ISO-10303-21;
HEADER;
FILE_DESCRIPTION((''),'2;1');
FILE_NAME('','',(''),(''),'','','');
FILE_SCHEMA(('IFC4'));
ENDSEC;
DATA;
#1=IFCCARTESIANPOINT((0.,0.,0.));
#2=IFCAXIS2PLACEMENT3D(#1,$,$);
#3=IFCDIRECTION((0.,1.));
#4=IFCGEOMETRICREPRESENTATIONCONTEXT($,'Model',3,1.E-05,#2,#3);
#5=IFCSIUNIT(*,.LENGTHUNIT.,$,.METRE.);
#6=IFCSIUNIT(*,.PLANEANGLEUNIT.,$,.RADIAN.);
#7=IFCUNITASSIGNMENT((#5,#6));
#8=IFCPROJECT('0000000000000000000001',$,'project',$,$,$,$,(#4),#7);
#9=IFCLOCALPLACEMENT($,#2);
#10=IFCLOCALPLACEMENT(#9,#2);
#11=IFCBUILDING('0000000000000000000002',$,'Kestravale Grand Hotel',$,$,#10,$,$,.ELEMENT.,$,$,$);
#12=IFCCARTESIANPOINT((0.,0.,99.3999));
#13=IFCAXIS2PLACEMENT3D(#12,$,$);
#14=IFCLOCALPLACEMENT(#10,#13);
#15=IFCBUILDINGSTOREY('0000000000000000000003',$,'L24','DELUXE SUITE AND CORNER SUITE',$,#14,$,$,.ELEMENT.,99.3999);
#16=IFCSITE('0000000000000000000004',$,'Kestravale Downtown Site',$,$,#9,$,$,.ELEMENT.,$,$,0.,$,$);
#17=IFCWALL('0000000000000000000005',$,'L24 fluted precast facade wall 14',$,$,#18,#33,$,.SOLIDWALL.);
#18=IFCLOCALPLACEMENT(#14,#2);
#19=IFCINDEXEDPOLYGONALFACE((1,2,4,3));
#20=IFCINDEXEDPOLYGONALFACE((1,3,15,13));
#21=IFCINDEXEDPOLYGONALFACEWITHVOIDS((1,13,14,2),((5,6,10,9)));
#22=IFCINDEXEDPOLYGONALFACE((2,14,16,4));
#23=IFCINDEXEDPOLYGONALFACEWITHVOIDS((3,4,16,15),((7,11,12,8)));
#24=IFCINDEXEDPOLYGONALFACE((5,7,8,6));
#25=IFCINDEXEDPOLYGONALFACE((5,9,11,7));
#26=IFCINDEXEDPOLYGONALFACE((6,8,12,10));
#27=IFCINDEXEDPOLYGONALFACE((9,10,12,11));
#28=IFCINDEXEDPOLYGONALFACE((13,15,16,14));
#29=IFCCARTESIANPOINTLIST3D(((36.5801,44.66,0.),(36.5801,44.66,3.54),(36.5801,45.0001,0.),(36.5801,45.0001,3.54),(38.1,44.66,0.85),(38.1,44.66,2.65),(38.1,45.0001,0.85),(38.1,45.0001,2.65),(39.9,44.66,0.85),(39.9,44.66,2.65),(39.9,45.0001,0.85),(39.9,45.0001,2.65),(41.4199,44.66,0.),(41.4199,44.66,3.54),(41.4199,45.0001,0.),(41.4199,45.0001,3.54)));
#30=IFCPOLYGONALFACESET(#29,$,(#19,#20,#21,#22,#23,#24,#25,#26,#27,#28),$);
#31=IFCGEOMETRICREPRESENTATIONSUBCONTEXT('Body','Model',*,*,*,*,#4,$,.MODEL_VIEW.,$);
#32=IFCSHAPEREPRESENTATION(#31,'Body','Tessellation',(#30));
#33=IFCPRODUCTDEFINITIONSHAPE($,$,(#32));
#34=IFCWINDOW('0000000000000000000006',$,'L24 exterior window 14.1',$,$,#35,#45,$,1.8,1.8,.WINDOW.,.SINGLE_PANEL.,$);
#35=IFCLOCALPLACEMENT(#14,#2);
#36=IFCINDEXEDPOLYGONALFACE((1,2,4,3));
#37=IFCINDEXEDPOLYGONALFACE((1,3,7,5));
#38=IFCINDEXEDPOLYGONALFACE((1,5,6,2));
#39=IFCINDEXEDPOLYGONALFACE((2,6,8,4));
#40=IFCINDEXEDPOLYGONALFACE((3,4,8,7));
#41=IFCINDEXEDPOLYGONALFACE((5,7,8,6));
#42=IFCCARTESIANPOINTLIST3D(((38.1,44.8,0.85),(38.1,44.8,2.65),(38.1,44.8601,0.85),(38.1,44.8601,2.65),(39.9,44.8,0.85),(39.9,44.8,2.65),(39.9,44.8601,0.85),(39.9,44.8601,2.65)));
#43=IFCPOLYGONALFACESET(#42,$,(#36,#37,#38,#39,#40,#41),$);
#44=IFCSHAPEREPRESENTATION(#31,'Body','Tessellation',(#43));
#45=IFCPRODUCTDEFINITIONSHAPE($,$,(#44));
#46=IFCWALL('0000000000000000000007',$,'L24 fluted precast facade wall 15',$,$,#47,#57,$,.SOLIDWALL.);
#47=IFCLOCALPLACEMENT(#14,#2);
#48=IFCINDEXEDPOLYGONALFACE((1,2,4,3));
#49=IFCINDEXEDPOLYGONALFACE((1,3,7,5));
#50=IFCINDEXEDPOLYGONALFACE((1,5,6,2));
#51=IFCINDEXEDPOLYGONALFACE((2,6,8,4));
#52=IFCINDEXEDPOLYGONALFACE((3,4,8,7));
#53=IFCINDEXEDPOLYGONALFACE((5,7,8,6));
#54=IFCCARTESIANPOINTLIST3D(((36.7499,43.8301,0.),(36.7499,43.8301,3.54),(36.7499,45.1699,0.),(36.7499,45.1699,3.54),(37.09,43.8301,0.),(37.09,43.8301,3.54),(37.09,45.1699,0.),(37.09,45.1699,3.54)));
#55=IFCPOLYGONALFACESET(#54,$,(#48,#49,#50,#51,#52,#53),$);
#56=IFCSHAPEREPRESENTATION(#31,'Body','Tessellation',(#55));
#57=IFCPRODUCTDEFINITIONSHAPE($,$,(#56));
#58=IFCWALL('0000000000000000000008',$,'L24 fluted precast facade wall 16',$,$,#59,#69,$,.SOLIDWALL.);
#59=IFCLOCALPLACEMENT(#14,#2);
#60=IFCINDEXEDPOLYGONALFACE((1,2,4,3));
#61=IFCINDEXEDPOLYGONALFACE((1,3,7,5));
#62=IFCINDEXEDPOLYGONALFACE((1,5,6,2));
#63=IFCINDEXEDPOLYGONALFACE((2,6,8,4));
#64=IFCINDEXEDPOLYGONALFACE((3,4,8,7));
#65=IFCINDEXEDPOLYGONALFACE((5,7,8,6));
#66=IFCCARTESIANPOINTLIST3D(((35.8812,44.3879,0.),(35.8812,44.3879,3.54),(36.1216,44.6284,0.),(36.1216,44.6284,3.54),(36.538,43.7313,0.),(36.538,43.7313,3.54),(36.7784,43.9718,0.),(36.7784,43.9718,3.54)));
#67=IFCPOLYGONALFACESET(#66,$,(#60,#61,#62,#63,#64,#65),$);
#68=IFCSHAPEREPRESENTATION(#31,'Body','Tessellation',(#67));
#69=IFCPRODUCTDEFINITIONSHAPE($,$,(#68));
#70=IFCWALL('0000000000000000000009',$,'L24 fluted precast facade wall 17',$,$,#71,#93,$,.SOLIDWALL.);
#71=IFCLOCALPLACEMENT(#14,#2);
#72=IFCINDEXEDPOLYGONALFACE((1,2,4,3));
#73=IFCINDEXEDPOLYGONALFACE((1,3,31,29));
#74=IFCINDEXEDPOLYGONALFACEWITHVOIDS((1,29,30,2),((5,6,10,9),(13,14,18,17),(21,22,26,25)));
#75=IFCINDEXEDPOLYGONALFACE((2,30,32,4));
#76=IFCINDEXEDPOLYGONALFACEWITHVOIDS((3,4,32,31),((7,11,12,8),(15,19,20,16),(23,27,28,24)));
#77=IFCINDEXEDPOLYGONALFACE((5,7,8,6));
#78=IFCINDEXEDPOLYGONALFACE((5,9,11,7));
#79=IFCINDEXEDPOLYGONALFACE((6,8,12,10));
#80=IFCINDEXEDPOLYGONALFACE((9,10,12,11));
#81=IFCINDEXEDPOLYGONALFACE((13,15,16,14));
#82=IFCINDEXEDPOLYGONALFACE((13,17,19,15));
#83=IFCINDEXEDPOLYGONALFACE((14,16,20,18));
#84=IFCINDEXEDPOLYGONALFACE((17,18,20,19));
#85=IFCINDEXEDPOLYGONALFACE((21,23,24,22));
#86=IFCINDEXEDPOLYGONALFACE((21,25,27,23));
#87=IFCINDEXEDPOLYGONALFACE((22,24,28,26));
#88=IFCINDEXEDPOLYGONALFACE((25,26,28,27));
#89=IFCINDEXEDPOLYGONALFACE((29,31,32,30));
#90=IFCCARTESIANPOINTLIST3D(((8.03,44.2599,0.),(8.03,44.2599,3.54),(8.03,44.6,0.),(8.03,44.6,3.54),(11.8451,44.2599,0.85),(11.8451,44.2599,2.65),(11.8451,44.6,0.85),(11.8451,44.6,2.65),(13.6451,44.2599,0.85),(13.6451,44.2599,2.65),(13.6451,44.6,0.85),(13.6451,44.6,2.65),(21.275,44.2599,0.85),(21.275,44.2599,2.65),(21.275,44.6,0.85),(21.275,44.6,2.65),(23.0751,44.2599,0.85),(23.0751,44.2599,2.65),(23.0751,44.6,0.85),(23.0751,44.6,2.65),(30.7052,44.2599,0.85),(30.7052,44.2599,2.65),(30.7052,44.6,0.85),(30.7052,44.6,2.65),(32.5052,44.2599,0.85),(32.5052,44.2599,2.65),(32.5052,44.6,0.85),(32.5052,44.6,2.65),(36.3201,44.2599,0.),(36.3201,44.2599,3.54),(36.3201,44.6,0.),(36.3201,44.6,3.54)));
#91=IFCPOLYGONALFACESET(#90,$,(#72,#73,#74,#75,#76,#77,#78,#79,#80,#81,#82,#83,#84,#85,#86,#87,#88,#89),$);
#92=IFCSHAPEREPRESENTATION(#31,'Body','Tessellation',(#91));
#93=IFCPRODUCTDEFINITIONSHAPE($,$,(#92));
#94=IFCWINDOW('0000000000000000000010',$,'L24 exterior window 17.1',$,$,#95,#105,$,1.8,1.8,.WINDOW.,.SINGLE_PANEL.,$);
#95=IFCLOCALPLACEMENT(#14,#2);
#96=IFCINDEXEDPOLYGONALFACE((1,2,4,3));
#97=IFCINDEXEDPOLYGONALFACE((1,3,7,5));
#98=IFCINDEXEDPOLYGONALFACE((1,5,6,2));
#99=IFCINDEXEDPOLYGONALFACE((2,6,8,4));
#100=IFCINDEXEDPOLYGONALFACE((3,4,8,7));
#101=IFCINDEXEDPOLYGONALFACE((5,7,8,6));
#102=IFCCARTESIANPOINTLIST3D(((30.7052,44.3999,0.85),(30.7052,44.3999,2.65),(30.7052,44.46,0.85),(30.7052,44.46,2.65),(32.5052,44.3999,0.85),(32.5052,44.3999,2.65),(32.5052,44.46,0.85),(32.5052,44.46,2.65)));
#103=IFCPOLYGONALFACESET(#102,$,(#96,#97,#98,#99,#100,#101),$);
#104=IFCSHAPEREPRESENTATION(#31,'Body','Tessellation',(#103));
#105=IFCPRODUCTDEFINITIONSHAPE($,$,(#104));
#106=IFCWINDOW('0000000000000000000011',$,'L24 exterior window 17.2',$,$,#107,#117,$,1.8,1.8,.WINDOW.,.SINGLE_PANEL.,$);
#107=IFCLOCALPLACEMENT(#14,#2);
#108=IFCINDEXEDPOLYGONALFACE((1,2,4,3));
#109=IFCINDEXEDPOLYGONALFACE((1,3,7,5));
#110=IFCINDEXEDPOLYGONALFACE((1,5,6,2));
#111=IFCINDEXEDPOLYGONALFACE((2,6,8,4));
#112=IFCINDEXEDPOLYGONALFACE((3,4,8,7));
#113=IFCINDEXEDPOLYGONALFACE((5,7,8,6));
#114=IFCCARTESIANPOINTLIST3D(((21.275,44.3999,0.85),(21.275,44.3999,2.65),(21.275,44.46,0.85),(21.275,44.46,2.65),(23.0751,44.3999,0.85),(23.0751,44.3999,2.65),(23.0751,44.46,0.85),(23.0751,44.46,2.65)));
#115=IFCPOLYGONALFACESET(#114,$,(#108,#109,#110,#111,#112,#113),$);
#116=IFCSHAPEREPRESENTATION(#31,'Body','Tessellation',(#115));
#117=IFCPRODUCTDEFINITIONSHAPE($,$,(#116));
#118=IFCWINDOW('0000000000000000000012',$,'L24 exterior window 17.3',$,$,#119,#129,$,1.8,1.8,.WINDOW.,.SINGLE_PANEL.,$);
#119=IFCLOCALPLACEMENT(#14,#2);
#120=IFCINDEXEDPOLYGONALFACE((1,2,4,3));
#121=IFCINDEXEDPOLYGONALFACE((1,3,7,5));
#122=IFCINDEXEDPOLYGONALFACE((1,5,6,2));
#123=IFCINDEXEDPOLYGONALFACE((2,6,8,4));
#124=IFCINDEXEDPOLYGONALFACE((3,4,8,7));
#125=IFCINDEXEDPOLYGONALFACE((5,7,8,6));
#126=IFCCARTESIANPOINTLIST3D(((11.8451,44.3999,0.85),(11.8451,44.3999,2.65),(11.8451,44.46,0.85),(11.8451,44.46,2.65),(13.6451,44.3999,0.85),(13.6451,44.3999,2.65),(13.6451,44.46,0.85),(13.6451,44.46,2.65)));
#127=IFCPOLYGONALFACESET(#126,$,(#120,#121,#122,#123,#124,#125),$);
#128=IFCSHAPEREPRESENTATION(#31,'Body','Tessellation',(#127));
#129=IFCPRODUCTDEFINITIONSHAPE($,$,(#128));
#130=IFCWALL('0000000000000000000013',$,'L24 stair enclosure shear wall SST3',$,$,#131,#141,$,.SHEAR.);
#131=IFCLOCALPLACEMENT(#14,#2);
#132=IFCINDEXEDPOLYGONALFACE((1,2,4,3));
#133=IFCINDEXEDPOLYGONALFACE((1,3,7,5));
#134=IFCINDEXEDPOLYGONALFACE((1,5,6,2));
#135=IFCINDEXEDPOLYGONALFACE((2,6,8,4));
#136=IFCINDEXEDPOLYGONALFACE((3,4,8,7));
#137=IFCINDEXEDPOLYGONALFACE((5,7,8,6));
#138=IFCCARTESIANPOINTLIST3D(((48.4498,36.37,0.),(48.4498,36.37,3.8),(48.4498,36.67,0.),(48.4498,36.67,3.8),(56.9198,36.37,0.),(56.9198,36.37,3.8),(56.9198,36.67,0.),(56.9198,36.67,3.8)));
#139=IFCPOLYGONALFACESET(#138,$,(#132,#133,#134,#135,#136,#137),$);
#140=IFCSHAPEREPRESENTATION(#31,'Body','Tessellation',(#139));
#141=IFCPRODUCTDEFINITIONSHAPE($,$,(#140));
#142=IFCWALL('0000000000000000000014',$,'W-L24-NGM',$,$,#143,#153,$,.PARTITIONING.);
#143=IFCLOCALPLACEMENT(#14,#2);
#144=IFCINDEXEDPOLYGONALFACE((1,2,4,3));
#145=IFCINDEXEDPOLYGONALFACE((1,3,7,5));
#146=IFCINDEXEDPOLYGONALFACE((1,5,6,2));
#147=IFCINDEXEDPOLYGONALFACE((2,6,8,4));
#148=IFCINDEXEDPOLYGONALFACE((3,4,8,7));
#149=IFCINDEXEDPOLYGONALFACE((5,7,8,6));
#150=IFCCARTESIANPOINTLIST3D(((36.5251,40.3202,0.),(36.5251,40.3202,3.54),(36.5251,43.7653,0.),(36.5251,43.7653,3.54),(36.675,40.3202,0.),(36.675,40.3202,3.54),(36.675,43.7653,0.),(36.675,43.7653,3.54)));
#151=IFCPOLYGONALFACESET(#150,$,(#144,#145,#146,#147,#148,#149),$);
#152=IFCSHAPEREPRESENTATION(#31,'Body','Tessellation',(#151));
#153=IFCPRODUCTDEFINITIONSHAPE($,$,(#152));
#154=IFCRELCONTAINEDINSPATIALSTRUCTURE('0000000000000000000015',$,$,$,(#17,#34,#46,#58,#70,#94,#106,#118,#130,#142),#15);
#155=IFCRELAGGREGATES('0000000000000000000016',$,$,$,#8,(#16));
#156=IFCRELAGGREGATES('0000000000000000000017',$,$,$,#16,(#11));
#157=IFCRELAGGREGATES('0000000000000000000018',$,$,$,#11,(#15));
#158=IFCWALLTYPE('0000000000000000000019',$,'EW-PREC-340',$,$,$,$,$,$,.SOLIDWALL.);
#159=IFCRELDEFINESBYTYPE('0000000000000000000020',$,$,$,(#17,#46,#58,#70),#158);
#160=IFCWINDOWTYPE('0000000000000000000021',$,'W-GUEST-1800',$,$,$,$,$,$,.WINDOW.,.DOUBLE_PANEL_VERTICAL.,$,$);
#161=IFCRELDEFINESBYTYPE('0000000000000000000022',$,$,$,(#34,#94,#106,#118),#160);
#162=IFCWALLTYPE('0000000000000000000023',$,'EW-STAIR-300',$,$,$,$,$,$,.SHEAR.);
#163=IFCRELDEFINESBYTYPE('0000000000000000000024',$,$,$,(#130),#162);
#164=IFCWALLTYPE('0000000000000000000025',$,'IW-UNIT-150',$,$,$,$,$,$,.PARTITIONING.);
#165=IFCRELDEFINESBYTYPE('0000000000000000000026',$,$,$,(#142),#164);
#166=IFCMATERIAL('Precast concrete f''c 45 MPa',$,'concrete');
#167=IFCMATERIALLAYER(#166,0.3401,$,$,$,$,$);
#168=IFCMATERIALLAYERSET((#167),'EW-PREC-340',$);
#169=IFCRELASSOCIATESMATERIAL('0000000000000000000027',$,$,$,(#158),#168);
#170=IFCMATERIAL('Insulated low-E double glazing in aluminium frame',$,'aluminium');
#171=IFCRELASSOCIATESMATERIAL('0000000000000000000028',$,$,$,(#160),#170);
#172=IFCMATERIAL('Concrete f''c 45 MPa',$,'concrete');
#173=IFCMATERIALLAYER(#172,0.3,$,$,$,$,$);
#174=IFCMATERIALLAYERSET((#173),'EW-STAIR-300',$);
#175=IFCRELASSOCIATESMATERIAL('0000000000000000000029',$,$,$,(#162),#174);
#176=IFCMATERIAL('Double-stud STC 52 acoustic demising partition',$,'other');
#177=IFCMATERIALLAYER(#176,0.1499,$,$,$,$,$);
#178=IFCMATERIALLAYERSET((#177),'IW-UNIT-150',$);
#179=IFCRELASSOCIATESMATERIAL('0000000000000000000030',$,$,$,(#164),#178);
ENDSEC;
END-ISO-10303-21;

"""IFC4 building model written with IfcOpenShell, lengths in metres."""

from ifc_helpers import new_model, si_unit, direction, frame, frame_2d, origin, place, context, subcontext, project, spatial, rectangle, extrude, material, layer, layer_set, type_object, element, fill, save


model = new_model("IFC4")

# Units and contexts
model_context = context("Model", 3, precision=1e-05, world=origin(), true_north=direction((0.0, 1.0)))
body_context = subcontext(model_context, "Body", "Model", "MODEL_VIEW")
ifc_project = project(units=[si_unit("LENGTHUNIT", "METRE"), si_unit("PLANEANGLEUNIT", "RADIAN")], contexts=[model_context])

# Site, building, storey
site_placement = place(None, origin())
site = spatial("IfcSite", under=ifc_project, at=site_placement, Name="Kestravale Downtown Site", CompositionType="ELEMENT", RefElevation=0.0)
building_placement = place(site_placement, origin())
building = spatial("IfcBuilding", under=site, at=building_placement, Name="Kestravale Grand Hotel", CompositionType="ELEMENT")
storey_placement = place(building_placement, frame((0.0, 0.0, 99.3999)))
storey = spatial("IfcBuildingStorey", under=building, at=storey_placement, Name="L24", Description="DELUXE SUITE AND CORNER SUITE", CompositionType="ELEMENT", Elevation=99.3999)

# Shared definitions
ifc_material_1 = material(Name="Precast concrete f'c 45 MPa", Category="concrete")
ifc_layer_1 = layer(ifc_material_1, 0.3401)
ifc_layer_set_1 = layer_set([ifc_layer_1], Name="EW-PREC-340")
wall_type_1 = type_object("IfcWallType", Name="EW-PREC-340", PredefinedType="SOLIDWALL", material=ifc_layer_set_1)

# Wall, opening, window
ifc_material_2 = material(Name="Insulated low-E double glazing in aluminium frame", Category="aluminium")
window_type = type_object("IfcWindowType", Name="W-GUEST-1800", PartitioningType="DOUBLE_PANEL_VERTICAL", PredefinedType="WINDOW", material=ifc_material_2)
wall_1_placement = place(storey_placement, frame((41.4199, 44.8301, 0.0), z_axis=(0.0, 0.0, 1.0), x_axis=(-1.0, 0.0, 0.0)))
wall_1 = element("IfcWall", 1, at=wall_1_placement, inside=storey, type_object=wall_type_1, Name="L24 fluted precast facade wall 14", PredefinedType="SOLIDWALL", context=body_context, shape_type="SweptSolid", body=[
    extrude(rectangle(XDim=4.8398, YDim=0.3401, at=frame_2d((2.4199, 0.0))), origin(), (0.0, 0.0, 1.0), 3.54),
])
opening_1_placement = place(wall_1_placement, frame((1.52, 0.0, 0.8501)))
opening_1 = element("IfcOpeningElement", 2, at=opening_1_placement, cuts=wall_1, PredefinedType="OPENING", context=body_context, shape_type="SweptSolid", body=[
    extrude(rectangle(XDim=1.8, YDim=1.8, at=frame_2d((0.8999, 0.8999))), frame((0.0, 0.1799, 0.0), z_axis=(0.0, -1.0, 0.0), x_axis=(1.0, 0.0, 0.0)), (0.0, 0.0, 1.0), 0.3601),
])
window_1_placement = place(opening_1_placement, origin())
window_1 = element("IfcWindow", 3, at=window_1_placement, inside=storey, type_object=window_type, Name="L24 exterior window 14.1", OverallHeight=1.8, OverallWidth=1.8, PartitioningType="SINGLE_PANEL", PredefinedType="WINDOW", context=body_context, shape_type="SweptSolid", body=[
    extrude(rectangle(XDim=1.8, YDim=1.8, at=frame_2d((0.8999, 0.8999))), frame((0.0, 0.03, 0.0), z_axis=(0.0, -1.0, 0.0), x_axis=(1.0, 0.0, 0.0)), (0.0, 0.0, 1.0), 0.0601),
])
fill(opening_1, window_1)

# Walls
wall_2_placement = place(storey_placement, frame((36.9199, 45.1699, 0.0), z_axis=(0.0, 0.0, 1.0), x_axis=(0.0, -1.0, 0.0)))
element("IfcWall", 4, at=wall_2_placement, inside=storey, type_object=wall_type_1, Name="L24 fluted precast facade wall 15", PredefinedType="SOLIDWALL", context=body_context, shape_type="SweptSolid", body=[
    extrude(rectangle(XDim=1.3398, YDim=0.3401, at=frame_2d((0.6699, 0.0))), origin(), (0.0, 0.0, 1.0), 3.54),
])
wall_3_placement = place(storey_placement, frame((36.6582, 43.8516, 0.0), z_axis=(0.0, 0.0, 1.0), x_axis=(-0.707238, 0.706975, 0.0)))
element("IfcWall", 5, at=wall_3_placement, inside=storey, type_object=wall_type_1, Name="L24 fluted precast facade wall 16", PredefinedType="SOLIDWALL", context=body_context, shape_type="SweptSolid", body=[
    extrude(rectangle(XDim=0.9287, YDim=0.3401, at=frame_2d((0.4644, 0.0))), origin(), (0.0, 0.0, 1.0), 3.54),
])

# Wall, openings, windows
wall_4_placement = place(storey_placement, frame((36.3201, 44.4299, 0.0), z_axis=(0.0, 0.0, 1.0), x_axis=(-1.0, 0.0, 0.0)))
wall_4 = element("IfcWall", 6, at=wall_4_placement, inside=storey, type_object=wall_type_1, Name="L24 fluted precast facade wall 17", PredefinedType="SOLIDWALL", context=body_context, shape_type="SweptSolid", body=[
    extrude(rectangle(XDim=28.29, YDim=0.3401, at=frame_2d((14.145, 0.0))), origin(), (0.0, 0.0, 1.0), 3.54),
])
opening_2_placement = place(wall_4_placement, frame((3.8149, 0.0, 0.8501)))
opening_2 = element("IfcOpeningElement", 7, at=opening_2_placement, cuts=wall_4, PredefinedType="OPENING", context=body_context, shape_type="SweptSolid", body=[
    extrude(rectangle(XDim=1.8, YDim=1.8, at=frame_2d((0.8999, 0.8999))), frame((0.0, 0.1799, 0.0), z_axis=(0.0, -1.0, 0.0), x_axis=(1.0, 0.0, 0.0)), (0.0, 0.0, 1.0), 0.3601),
])
opening_3_placement = place(wall_4_placement, frame((13.2451, 0.0, 0.8501)))
opening_3 = element("IfcOpeningElement", 8, at=opening_3_placement, cuts=wall_4, PredefinedType="OPENING", context=body_context, shape_type="SweptSolid", body=[
    extrude(rectangle(XDim=1.8, YDim=1.8, at=frame_2d((0.8999, 0.8999))), frame((0.0, 0.1799, 0.0), z_axis=(0.0, -1.0, 0.0), x_axis=(1.0, 0.0, 0.0)), (0.0, 0.0, 1.0), 0.3601),
])
opening_4_placement = place(wall_4_placement, frame((22.675, 0.0, 0.8501)))
opening_4 = element("IfcOpeningElement", 9, at=opening_4_placement, cuts=wall_4, PredefinedType="OPENING", context=body_context, shape_type="SweptSolid", body=[
    extrude(rectangle(XDim=1.8, YDim=1.8, at=frame_2d((0.8999, 0.8999))), frame((0.0, 0.1799, 0.0), z_axis=(0.0, -1.0, 0.0), x_axis=(1.0, 0.0, 0.0)), (0.0, 0.0, 1.0), 0.3601),
])
window_2_placement = place(opening_2_placement, origin())
window_2 = element("IfcWindow", 10, at=window_2_placement, inside=storey, type_object=window_type, Name="L24 exterior window 17.1", OverallHeight=1.8, OverallWidth=1.8, PartitioningType="SINGLE_PANEL", PredefinedType="WINDOW", context=body_context, shape_type="SweptSolid", body=[
    extrude(rectangle(XDim=1.8, YDim=1.8, at=frame_2d((0.8999, 0.8999))), frame((0.0, 0.03, 0.0), z_axis=(0.0, -1.0, 0.0), x_axis=(1.0, 0.0, 0.0)), (0.0, 0.0, 1.0), 0.0601),
])
fill(opening_2, window_2)
window_3_placement = place(opening_3_placement, origin())
window_3 = element("IfcWindow", 11, at=window_3_placement, inside=storey, type_object=window_type, Name="L24 exterior window 17.2", OverallHeight=1.8, OverallWidth=1.8, PartitioningType="SINGLE_PANEL", PredefinedType="WINDOW", context=body_context, shape_type="SweptSolid", body=[
    extrude(rectangle(XDim=1.8, YDim=1.8, at=frame_2d((0.8999, 0.8999))), frame((0.0, 0.03, 0.0), z_axis=(0.0, -1.0, 0.0), x_axis=(1.0, 0.0, 0.0)), (0.0, 0.0, 1.0), 0.0601),
])
fill(opening_3, window_3)
window_4_placement = place(opening_4_placement, origin())
window_4 = element("IfcWindow", 12, at=window_4_placement, inside=storey, type_object=window_type, Name="L24 exterior window 17.3", OverallHeight=1.8, OverallWidth=1.8, PartitioningType="SINGLE_PANEL", PredefinedType="WINDOW", context=body_context, shape_type="SweptSolid", body=[
    extrude(rectangle(XDim=1.8, YDim=1.8, at=frame_2d((0.8999, 0.8999))), frame((0.0, 0.03, 0.0), z_axis=(0.0, -1.0, 0.0), x_axis=(1.0, 0.0, 0.0)), (0.0, 0.0, 1.0), 0.0601),
])
fill(opening_4, window_4)

# Walls
ifc_material_3 = material(Name="Concrete f'c 45 MPa", Category="concrete")
ifc_layer_2 = layer(ifc_material_3, 0.3)
ifc_layer_set_2 = layer_set([ifc_layer_2], Name="EW-STAIR-300")
wall_type_2 = type_object("IfcWallType", Name="EW-STAIR-300", PredefinedType="SHEAR", material=ifc_layer_set_2)
wall_5_placement = place(storey_placement, frame((48.45, 36.52, 0.0), z_axis=(0.0, 0.0, 1.0), x_axis=(1.0, 0.0, 0.0)))
element("IfcWall", 13, at=wall_5_placement, inside=storey, type_object=wall_type_2, Name="L24 stair enclosure shear wall SST3", PredefinedType="SHEAR", context=body_context, shape_type="SweptSolid", body=[
    extrude(rectangle(XDim=8.47, YDim=0.3, at=frame_2d((4.2349, 0.0))), origin(), (0.0, 0.0, 1.0), 3.8),
])
ifc_material_4 = material(Name="Double-stud STC 52 acoustic demising partition", Category="other")
ifc_layer_3 = layer(ifc_material_4, 0.1499)
ifc_layer_set_3 = layer_set([ifc_layer_3], Name="IW-UNIT-150")
wall_type_3 = type_object("IfcWallType", Name="IW-UNIT-150", PredefinedType="PARTITIONING", material=ifc_layer_set_3)
wall_6_placement = place(storey_placement, frame((36.6001, 40.3201, 0.0), z_axis=(0.0, 0.0, 1.0), x_axis=(0.0, 1.0, 0.0)))
element("IfcWall", 14, at=wall_6_placement, inside=storey, type_object=wall_type_3, Name="W-L24-NGM", PredefinedType="PARTITIONING", context=body_context, shape_type="SweptSolid", body=[
    extrude(rectangle(XDim=3.4451, YDim=0.1499, at=frame_2d((1.7227, 0.0))), origin(), (0.0, 0.0, 1.0), 3.54),
])

save(model, "model.ifc")
